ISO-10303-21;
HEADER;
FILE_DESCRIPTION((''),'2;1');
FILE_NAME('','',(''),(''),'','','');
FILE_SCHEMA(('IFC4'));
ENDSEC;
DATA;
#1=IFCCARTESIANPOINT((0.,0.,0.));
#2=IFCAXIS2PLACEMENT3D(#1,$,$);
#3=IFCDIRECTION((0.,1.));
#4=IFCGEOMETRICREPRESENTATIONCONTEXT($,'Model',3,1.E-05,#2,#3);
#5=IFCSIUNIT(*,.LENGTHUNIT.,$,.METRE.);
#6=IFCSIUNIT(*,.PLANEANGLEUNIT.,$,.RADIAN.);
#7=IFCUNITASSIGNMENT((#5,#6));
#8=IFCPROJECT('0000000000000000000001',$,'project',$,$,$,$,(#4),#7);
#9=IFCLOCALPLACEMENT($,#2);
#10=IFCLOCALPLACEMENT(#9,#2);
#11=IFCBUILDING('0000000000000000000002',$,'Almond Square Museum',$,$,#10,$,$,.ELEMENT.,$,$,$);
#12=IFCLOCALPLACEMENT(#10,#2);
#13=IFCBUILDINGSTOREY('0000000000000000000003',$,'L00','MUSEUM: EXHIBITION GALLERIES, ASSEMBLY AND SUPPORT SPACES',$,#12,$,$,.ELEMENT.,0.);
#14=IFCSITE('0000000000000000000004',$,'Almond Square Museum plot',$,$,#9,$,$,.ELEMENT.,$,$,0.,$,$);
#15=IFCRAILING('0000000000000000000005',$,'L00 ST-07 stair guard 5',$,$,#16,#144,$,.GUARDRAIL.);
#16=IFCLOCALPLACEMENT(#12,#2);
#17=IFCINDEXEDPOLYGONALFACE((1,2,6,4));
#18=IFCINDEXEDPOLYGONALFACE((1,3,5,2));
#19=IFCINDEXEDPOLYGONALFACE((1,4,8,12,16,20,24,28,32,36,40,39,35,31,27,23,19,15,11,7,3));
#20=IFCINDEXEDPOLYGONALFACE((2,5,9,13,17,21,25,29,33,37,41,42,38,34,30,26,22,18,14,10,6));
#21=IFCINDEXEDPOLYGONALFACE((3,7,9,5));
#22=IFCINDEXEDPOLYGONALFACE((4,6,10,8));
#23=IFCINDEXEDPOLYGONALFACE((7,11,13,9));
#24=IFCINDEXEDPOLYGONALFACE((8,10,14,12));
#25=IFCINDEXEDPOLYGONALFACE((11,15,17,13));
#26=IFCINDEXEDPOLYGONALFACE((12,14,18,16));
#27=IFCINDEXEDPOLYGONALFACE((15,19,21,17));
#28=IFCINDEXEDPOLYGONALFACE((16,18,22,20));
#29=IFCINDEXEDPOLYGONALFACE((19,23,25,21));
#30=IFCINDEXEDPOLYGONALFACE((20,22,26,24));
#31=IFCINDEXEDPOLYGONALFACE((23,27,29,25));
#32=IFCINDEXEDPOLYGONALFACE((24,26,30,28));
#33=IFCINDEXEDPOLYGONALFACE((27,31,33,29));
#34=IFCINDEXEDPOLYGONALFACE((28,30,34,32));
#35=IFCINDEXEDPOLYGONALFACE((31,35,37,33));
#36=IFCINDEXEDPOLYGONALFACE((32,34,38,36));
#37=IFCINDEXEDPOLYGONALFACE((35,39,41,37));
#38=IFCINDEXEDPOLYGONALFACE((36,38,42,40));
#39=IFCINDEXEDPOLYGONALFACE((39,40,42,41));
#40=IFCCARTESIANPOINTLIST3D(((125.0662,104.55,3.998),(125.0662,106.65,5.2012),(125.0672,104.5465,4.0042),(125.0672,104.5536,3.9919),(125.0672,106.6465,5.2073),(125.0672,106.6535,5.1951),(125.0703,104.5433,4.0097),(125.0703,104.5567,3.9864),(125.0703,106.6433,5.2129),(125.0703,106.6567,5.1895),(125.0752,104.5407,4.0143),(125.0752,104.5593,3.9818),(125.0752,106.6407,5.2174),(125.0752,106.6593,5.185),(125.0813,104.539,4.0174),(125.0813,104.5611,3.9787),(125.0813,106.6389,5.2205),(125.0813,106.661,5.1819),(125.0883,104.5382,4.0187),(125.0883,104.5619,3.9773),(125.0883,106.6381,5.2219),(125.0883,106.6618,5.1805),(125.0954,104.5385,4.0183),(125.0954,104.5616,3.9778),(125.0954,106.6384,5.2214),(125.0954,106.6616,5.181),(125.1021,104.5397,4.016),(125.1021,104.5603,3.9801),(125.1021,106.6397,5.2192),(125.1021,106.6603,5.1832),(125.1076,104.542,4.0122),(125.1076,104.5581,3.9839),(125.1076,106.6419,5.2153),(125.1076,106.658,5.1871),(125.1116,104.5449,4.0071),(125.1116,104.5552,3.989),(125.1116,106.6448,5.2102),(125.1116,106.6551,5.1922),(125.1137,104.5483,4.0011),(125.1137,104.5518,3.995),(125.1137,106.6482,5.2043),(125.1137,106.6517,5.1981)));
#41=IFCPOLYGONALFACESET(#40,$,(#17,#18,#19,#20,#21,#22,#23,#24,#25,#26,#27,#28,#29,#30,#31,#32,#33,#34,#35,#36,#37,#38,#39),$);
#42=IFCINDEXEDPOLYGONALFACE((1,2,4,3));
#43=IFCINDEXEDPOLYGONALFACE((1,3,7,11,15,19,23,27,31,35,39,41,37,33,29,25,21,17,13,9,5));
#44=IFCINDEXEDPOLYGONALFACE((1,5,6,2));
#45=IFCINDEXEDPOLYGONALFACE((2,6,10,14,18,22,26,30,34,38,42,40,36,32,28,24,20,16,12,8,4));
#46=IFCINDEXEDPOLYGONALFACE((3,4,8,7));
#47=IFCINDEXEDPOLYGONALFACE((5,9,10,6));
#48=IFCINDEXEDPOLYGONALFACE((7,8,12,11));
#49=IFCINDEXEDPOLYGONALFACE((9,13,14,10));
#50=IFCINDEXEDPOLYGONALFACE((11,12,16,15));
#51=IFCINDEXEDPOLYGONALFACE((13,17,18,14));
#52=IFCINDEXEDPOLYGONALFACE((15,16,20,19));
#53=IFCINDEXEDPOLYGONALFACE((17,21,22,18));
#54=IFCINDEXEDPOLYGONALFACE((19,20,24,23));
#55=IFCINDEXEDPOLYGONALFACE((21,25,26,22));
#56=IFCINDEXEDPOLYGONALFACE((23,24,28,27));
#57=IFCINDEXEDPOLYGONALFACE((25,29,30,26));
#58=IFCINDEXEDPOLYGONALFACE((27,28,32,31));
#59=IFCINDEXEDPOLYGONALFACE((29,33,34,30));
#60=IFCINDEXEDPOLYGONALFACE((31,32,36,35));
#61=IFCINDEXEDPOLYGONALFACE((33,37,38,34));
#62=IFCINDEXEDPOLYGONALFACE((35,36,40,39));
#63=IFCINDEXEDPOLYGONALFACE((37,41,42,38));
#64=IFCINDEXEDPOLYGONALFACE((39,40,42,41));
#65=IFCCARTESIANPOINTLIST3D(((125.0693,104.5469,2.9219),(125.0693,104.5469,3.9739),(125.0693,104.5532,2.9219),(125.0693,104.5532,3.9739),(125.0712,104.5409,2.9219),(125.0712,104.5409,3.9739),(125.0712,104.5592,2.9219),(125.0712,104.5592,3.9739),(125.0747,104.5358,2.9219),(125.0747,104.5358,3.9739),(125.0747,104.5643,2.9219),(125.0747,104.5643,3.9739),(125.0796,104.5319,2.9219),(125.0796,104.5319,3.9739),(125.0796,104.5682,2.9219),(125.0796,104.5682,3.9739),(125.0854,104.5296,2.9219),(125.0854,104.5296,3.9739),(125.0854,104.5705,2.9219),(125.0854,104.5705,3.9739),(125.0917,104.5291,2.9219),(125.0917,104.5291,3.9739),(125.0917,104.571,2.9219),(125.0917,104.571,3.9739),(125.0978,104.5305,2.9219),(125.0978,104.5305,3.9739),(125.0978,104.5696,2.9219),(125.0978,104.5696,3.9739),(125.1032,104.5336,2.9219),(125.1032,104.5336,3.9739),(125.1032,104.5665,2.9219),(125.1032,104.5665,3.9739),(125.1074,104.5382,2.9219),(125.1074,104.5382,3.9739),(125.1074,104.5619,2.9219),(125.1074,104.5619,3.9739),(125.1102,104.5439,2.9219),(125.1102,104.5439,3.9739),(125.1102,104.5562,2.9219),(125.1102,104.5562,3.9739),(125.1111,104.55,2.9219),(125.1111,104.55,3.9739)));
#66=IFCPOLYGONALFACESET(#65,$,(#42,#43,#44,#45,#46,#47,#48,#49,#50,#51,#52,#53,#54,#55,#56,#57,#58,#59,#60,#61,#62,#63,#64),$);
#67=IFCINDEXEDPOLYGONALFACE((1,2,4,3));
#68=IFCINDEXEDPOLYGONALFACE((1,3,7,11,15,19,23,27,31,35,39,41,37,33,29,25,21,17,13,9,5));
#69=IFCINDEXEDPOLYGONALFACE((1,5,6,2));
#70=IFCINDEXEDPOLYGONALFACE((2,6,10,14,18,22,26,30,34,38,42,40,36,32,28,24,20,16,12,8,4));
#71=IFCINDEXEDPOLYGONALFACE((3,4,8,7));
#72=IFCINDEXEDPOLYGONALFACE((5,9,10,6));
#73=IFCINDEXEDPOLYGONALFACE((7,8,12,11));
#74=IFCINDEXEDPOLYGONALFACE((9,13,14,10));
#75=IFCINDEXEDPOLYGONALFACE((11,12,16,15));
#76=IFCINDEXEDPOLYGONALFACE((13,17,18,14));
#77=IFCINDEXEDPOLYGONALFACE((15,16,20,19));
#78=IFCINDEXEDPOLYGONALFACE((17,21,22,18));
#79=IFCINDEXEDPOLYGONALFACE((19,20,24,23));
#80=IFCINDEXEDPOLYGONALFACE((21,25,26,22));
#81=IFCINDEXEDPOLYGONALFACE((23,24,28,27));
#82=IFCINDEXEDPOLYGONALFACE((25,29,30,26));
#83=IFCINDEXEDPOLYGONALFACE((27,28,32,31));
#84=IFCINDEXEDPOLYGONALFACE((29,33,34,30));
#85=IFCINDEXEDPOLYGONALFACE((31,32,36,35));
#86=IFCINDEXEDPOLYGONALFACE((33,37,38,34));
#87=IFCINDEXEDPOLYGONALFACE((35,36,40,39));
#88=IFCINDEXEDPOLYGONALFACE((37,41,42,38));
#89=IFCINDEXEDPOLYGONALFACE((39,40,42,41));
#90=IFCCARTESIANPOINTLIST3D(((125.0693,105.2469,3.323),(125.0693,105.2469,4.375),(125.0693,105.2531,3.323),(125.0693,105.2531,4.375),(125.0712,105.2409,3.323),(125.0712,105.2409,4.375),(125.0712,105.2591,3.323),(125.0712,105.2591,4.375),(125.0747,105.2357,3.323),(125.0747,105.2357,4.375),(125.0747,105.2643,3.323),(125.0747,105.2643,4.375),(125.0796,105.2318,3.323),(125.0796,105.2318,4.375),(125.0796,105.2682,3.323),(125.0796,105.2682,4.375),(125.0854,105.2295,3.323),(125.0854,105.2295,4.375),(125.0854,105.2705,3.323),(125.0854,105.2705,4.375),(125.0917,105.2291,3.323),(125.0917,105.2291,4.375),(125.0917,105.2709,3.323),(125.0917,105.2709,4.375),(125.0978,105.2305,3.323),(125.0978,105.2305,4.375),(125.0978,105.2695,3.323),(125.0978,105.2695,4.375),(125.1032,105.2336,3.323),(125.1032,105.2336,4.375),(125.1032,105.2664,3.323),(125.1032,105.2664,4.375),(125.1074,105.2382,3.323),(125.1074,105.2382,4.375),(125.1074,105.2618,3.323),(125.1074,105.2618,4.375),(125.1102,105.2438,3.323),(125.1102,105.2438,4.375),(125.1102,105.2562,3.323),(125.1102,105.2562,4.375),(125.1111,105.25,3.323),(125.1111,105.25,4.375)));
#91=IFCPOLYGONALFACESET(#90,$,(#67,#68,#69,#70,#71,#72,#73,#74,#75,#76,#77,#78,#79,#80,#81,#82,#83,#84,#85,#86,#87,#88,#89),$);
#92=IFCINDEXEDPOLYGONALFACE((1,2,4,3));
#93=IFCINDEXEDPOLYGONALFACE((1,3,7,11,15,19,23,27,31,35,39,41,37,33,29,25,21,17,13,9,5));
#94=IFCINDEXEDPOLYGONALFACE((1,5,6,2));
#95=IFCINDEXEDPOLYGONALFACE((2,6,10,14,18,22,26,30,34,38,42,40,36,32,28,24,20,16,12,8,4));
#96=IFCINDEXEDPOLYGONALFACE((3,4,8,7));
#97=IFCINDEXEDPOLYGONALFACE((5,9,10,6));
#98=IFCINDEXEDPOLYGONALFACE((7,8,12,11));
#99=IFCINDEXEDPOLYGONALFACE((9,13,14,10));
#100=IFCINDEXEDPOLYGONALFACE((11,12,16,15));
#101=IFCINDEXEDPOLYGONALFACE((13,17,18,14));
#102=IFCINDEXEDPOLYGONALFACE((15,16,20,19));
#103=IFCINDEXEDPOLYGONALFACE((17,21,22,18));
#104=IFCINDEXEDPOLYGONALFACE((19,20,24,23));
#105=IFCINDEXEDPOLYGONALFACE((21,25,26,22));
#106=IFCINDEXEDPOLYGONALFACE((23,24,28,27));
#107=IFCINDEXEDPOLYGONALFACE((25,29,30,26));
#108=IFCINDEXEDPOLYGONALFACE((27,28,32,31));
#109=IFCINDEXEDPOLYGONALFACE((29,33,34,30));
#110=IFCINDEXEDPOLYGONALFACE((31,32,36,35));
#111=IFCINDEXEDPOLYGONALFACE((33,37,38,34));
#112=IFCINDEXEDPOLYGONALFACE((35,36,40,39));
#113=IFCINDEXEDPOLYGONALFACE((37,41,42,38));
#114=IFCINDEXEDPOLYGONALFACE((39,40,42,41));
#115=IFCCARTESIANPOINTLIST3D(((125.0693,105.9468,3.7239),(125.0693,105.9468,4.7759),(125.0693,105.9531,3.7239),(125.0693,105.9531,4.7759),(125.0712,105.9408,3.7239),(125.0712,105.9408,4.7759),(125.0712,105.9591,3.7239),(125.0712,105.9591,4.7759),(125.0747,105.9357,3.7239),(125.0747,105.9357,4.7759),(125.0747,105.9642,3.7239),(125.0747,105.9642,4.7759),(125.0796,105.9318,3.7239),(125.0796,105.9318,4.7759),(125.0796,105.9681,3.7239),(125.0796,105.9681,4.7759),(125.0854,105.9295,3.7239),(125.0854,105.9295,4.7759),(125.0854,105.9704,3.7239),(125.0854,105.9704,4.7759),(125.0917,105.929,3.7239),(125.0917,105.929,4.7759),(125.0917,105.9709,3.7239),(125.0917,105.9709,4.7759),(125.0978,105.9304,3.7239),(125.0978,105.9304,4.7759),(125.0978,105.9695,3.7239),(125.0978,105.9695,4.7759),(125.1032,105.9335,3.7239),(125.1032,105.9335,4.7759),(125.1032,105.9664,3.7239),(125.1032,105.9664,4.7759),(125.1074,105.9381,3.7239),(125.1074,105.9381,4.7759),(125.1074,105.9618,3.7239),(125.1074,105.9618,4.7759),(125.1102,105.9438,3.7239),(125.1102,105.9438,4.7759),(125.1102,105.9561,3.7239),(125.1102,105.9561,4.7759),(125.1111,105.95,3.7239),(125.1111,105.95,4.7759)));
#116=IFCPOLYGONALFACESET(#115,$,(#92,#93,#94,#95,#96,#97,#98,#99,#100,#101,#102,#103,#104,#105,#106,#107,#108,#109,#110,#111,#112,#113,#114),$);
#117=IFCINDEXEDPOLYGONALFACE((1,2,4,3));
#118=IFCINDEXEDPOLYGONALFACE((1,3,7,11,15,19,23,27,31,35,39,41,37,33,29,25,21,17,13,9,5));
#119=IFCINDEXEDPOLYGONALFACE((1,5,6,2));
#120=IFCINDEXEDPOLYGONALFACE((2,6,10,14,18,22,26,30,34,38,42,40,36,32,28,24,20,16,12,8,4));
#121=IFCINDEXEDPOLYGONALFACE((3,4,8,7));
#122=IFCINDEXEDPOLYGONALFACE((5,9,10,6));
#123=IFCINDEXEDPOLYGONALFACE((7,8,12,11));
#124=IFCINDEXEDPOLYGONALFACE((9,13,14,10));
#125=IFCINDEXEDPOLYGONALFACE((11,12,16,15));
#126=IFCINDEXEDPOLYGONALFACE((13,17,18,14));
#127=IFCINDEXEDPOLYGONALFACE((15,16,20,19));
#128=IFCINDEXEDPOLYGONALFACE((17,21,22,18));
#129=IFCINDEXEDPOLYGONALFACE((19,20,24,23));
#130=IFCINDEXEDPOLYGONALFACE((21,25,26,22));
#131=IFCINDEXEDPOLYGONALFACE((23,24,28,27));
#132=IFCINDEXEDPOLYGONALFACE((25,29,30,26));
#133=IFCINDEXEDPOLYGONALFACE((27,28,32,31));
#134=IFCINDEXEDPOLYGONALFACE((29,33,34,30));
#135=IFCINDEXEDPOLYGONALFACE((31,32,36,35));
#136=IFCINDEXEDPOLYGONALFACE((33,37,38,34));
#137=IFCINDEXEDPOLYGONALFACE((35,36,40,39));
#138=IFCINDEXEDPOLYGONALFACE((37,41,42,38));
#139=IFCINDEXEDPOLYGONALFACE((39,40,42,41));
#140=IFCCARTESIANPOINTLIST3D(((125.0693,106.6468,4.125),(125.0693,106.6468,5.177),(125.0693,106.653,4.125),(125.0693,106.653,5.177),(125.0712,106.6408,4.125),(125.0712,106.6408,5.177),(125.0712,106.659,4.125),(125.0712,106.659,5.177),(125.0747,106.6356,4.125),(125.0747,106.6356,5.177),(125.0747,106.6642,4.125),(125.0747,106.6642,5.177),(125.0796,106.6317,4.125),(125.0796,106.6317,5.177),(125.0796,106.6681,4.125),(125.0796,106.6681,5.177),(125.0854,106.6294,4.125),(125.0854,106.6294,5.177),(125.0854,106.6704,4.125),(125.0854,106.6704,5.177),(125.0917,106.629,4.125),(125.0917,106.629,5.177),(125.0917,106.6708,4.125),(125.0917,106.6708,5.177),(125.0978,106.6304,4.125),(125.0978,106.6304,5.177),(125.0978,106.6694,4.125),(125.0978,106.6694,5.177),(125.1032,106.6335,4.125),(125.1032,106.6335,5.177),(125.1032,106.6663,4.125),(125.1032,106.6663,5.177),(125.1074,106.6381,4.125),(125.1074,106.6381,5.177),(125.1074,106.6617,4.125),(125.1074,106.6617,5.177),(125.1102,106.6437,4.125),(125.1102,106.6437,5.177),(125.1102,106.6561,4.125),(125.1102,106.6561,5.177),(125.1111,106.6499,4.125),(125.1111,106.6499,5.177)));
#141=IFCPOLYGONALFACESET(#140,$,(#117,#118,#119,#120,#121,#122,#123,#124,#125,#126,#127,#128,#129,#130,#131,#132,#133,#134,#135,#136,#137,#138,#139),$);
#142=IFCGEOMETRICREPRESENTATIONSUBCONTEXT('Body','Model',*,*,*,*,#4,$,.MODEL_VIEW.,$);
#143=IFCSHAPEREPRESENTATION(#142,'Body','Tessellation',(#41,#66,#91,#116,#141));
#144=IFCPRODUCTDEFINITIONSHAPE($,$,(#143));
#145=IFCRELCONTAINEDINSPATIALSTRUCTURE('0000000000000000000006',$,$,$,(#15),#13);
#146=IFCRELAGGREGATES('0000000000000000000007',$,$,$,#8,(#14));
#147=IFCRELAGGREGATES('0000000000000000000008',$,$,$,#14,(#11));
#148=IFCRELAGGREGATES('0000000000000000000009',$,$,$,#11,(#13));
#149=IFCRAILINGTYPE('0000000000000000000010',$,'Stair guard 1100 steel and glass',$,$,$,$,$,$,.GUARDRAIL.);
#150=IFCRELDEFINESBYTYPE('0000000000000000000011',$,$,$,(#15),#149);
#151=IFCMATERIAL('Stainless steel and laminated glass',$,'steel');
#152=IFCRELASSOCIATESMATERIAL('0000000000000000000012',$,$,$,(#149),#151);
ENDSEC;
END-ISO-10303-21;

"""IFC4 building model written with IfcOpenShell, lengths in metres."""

from ifc_helpers import new_model, si_unit, direction, frame, origin, origin_2d, place, context, subcontext, project, spatial, circle, extrude, material, type_object, element, save


model = new_model("IFC4")

# Units and contexts
model_context = context("Model", 3, precision=1e-05, world=origin(), true_north=direction((0.0, 1.0)))
body_context = subcontext(model_context, "Body", "Model", "MODEL_VIEW")
ifc_project = project(units=[si_unit("LENGTHUNIT", "METRE"), si_unit("PLANEANGLEUNIT", "RADIAN")], contexts=[model_context])

# Site, building, storey
site_placement = place(None, origin())
site = spatial("IfcSite", under=ifc_project, at=site_placement, Name="Almond Square Museum plot", CompositionType="ELEMENT", RefElevation=0.0)
building_placement = place(site_placement, origin())
building = spatial("IfcBuilding", under=site, at=building_placement, Name="Almond Square Museum", CompositionType="ELEMENT")
storey_placement = place(building_placement, origin())
storey = spatial("IfcBuildingStorey", under=building, at=storey_placement, Name="L00", Description="MUSEUM: EXHIBITION GALLERIES, ASSEMBLY AND SUPPORT SPACES", CompositionType="ELEMENT", Elevation=0.0)

# Railing
ifc_material_1 = material(Name="Stainless steel and laminated glass", Category="steel")
railing_type_1 = type_object("IfcRailingType", Name="Stair guard 1100 steel and glass", PredefinedType="GUARDRAIL", material=ifc_material_1)
railing_1_placement = place(storey_placement, frame((125.0901, 104.55, 2.9219)))
element("IfcRailing", 1, at=railing_1_placement, inside=storey, type_object=railing_type_1, Name="L00 ST-07 stair guard 5", PredefinedType="GUARDRAIL", context=body_context, shape_type="SweptSolid", body=[
    extrude(circle(Radius=0.0239, at=origin_2d()), frame((0.0, 0.0, 1.0762), z_axis=(0.0, 0.867671, 0.497138), x_axis=(-1.0, 0.0, 0.0)), (0.0, 0.0, 1.0), 2.4202),
    extrude(circle(Radius=0.021, at=origin_2d()), origin(), (0.0, 0.0, 1.0), 1.052),
    extrude(circle(Radius=0.021, at=origin_2d()), frame((0.0, 0.7, 0.4011)), (0.0, 0.0, 1.0), 1.052),
    extrude(circle(Radius=0.021, at=origin_2d()), frame((0.0, 1.3999, 0.802)), (0.0, 0.0, 1.0), 1.052),
    extrude(circle(Radius=0.021, at=origin_2d()), frame((0.0, 2.0999, 1.2031)), (0.0, 0.0, 1.0), 1.052),
])

save(model, "model.ifc")
